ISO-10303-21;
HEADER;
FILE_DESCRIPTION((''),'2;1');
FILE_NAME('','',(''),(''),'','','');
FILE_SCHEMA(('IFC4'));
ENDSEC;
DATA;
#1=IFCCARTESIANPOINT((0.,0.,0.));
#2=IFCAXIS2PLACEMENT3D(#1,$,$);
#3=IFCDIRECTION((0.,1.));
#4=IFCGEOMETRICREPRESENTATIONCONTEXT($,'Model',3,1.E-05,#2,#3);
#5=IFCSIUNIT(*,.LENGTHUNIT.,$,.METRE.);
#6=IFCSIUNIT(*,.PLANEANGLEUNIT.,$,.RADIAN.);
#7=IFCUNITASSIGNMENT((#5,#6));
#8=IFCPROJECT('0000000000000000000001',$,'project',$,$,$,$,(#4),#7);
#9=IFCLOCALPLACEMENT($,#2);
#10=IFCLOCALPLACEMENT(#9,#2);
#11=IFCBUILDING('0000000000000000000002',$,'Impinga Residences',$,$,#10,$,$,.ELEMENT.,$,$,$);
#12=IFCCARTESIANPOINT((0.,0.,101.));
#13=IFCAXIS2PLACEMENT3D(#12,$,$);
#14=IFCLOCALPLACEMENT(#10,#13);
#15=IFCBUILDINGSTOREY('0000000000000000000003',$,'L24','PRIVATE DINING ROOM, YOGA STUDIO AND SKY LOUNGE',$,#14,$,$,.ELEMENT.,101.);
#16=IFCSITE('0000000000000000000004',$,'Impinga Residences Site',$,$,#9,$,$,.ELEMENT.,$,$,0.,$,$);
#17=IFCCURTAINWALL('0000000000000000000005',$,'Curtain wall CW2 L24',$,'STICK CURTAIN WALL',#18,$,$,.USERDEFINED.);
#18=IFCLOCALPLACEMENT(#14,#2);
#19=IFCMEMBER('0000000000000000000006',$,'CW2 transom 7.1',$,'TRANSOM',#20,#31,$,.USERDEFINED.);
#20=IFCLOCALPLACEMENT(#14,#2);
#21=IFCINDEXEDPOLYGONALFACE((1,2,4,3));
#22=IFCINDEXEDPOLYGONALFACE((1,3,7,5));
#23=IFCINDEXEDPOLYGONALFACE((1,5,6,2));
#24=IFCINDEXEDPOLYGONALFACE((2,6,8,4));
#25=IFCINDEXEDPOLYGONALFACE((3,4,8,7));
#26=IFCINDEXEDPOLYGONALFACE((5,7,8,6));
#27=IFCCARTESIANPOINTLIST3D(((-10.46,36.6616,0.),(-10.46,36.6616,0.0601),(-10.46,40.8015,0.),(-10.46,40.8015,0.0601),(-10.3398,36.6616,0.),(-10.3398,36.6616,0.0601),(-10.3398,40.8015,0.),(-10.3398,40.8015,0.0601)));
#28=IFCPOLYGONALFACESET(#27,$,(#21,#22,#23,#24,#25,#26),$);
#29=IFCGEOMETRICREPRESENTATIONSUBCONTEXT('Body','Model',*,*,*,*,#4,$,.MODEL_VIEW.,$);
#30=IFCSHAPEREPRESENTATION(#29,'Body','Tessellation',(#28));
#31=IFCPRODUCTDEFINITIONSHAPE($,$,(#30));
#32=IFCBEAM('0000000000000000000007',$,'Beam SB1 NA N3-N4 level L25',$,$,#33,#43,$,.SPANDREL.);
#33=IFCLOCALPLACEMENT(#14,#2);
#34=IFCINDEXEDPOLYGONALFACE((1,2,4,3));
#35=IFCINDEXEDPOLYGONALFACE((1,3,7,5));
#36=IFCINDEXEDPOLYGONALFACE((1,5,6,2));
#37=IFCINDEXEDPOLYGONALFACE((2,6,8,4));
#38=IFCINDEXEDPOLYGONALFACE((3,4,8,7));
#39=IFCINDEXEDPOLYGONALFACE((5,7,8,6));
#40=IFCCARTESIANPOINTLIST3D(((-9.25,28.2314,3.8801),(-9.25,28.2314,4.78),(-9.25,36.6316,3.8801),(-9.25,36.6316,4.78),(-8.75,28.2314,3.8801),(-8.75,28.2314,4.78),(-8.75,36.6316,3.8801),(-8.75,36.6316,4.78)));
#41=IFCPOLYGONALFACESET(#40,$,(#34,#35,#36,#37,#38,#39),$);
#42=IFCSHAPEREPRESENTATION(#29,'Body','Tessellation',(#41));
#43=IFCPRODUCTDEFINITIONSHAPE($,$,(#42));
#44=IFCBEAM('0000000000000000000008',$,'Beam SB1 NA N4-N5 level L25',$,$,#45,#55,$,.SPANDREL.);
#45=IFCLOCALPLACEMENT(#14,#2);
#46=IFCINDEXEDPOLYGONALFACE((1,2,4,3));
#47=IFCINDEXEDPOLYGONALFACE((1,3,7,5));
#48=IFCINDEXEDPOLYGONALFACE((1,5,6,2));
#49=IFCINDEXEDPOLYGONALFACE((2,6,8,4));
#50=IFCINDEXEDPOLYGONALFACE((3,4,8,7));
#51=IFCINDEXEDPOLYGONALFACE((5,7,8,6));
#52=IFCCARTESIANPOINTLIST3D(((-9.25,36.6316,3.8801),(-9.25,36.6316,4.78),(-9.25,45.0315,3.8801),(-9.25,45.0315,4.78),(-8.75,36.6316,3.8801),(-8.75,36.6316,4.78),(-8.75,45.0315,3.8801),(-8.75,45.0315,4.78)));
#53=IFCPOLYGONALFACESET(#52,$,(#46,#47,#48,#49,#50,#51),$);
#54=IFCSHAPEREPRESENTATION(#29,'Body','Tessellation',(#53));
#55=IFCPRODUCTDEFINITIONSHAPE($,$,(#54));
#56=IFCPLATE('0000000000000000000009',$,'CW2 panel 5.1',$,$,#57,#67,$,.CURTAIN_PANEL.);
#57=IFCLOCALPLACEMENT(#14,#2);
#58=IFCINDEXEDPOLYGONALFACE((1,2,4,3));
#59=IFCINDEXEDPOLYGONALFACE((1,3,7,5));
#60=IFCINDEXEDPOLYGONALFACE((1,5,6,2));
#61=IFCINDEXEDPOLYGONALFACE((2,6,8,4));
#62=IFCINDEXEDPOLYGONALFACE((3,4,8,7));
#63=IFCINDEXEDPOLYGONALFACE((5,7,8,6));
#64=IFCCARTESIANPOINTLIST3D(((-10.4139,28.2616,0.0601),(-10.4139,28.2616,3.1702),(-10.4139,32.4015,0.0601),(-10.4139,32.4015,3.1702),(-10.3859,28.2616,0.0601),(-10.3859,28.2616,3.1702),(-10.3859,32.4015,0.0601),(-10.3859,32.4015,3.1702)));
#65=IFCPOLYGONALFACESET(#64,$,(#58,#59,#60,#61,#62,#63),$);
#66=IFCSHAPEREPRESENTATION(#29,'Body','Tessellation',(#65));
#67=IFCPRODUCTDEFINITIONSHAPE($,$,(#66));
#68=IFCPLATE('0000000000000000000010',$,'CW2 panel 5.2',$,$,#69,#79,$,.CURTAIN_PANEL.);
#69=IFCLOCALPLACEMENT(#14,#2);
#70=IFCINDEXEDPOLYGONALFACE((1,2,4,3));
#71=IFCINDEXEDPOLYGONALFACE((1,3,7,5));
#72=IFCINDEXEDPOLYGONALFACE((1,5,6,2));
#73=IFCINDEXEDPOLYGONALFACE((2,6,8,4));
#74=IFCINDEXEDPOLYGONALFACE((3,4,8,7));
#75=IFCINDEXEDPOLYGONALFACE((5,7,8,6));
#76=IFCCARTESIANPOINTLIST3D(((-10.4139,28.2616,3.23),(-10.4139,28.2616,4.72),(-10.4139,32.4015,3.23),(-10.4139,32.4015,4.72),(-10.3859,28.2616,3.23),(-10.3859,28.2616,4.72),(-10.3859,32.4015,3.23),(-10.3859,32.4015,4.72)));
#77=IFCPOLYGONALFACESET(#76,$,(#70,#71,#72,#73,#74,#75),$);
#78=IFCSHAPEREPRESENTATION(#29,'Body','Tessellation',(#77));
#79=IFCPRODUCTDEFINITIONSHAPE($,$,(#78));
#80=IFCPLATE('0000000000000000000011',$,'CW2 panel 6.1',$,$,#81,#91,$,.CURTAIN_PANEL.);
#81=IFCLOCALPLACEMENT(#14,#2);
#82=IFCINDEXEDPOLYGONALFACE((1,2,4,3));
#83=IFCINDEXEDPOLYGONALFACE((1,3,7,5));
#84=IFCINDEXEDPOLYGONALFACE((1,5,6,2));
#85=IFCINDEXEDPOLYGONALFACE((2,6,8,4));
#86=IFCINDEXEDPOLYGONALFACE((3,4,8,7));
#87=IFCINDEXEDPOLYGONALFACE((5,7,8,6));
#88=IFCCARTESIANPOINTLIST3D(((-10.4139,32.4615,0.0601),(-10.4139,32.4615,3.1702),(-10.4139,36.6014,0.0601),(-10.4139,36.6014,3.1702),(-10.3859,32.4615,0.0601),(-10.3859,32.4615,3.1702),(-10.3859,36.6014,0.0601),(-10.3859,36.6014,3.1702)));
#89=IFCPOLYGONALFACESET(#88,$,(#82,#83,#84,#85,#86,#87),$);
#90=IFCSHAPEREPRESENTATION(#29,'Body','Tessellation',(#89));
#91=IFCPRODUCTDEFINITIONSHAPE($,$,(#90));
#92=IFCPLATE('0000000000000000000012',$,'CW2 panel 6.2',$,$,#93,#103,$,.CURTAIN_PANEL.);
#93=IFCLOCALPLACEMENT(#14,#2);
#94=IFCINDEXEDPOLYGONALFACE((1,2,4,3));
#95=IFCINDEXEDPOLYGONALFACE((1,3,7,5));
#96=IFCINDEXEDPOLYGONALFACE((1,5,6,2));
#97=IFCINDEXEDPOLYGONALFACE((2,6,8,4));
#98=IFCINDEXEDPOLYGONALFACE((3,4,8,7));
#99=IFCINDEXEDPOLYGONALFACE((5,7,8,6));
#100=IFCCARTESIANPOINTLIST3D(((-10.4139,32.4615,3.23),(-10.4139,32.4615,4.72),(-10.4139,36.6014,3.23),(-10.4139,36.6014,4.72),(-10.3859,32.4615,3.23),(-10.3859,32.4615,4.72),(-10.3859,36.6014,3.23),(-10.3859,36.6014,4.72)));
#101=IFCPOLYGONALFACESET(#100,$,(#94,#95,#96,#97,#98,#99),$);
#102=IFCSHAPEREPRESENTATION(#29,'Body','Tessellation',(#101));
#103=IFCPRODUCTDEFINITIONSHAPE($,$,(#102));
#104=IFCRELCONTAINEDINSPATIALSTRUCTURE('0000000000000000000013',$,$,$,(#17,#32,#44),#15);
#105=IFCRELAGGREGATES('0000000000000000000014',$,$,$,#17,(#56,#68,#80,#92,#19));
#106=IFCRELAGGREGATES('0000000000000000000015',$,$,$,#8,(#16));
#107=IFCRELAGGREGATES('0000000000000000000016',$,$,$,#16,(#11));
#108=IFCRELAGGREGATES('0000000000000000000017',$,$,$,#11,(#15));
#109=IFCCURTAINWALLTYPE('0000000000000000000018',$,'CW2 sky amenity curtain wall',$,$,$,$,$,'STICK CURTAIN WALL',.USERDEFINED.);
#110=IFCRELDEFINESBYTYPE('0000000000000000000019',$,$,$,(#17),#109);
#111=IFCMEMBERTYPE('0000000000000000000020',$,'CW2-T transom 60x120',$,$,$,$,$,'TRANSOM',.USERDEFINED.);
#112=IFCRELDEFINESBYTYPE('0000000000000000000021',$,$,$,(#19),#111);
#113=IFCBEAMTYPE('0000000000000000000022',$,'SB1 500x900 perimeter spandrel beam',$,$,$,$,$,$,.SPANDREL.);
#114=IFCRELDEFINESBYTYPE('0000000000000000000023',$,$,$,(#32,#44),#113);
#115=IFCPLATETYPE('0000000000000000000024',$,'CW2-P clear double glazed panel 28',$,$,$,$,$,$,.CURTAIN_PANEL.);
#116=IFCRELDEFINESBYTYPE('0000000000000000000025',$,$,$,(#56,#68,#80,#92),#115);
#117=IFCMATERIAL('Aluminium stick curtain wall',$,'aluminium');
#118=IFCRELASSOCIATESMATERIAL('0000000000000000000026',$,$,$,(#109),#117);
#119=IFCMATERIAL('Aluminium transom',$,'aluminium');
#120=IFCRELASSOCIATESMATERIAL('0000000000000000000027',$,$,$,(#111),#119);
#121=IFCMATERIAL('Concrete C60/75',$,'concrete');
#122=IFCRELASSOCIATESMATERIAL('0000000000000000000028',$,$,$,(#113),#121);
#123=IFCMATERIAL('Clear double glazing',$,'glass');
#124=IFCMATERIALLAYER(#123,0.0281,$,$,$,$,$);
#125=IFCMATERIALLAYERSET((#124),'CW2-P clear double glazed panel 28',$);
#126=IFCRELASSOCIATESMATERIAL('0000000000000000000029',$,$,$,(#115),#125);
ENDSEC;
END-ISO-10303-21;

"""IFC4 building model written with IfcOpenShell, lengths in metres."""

from ifc_helpers import new_model, si_unit, direction, frame, origin, origin_2d, place, context, subcontext, project, spatial, rectangle, extrude, material, layer, layer_set, material_profile, profile_set, type_object, element, aggregate, save


model = new_model("IFC4")

# Units and contexts
model_context = context("Model", 3, precision=1e-05, world=origin(), true_north=direction((0.0, 1.0)))
body_context = subcontext(model_context, "Body", "Model", "MODEL_VIEW")
ifc_project = project(units=[si_unit("LENGTHUNIT", "METRE"), si_unit("PLANEANGLEUNIT", "RADIAN")], contexts=[model_context])

# Site, building, storey
site_placement = place(None, origin())
site = spatial("IfcSite", under=ifc_project, at=site_placement, Name="Impinga Residences Site", CompositionType="ELEMENT", RefElevation=0.0)
building_placement = place(site_placement, origin())
building = spatial("IfcBuilding", under=site, at=building_placement, Name="Impinga Residences", CompositionType="ELEMENT")
storey_placement = place(building_placement, frame((0.0, 0.0, 101.0)))
storey = spatial("IfcBuildingStorey", under=building, at=storey_placement, Name="L24", Description="PRIVATE DINING ROOM, YOGA STUDIO AND SKY LOUNGE", CompositionType="ELEMENT", Elevation=101.0)

# Shared definitions
ifc_material_1 = material(Name="Concrete C60/75", Category="concrete")

# Curtain wall, member
ifc_material_2 = material(Name="Aluminium stick curtain wall", Category="aluminium")
curtain_wall_type = type_object("IfcCurtainWallType", Name="CW2 sky amenity curtain wall", ElementType="STICK CURTAIN WALL", PredefinedType="USERDEFINED", material=ifc_material_2)
curtain_wall_placement = place(storey_placement, origin())
curtain_wall = element("IfcCurtainWall", 1, at=curtain_wall_placement, inside=storey, type_object=curtain_wall_type, Name="Curtain wall CW2 L24", ObjectType="STICK CURTAIN WALL", PredefinedType="USERDEFINED")
ifc_material_3 = material(Name="Aluminium transom", Category="aluminium")
ifc_material_profile_1 = material_profile(ifc_material_3, rectangle(XDim=0.0601, YDim=0.1201, at=origin_2d()), Name="60x120 transom")
ifc_profile_set_1 = profile_set([ifc_material_profile_1], Name="Aluminium transom")
member_type_1 = type_object("IfcMemberType", Name="CW2-T transom 60x120", ElementType="TRANSOM", PredefinedType="USERDEFINED", material=ifc_profile_set_1)
member_1_placement = place(storey_placement, frame((-10.3999, 36.6616, 0.03), z_axis=(0.0, 1.0, 0.0), x_axis=(0.0, 0.0, 1.0)))
member_1 = element("IfcMember", 2, at=member_1_placement, type_object=member_type_1, Name="CW2 transom 7.1", ObjectType="TRANSOM", PredefinedType="USERDEFINED", context=body_context, shape_type="SweptSolid", body=[
    extrude(rectangle(XDim=0.0601, YDim=0.1201, at=origin_2d()), origin(), (0.0, 0.0, 1.0), 4.1399),
])

# Beams
ifc_material_profile_2 = material_profile(ifc_material_1, rectangle(XDim=0.5, YDim=0.8999, at=origin_2d()), Name="RC 500x900")
ifc_profile_set_2 = profile_set([ifc_material_profile_2], Name="Concrete C60/75")
beam_type_1 = type_object("IfcBeamType", Name="SB1 500x900 perimeter spandrel beam", PredefinedType="SPANDREL", material=ifc_profile_set_2)
beam_1_placement = place(storey_placement, frame((-9.0, 28.2314, 4.3301), z_axis=(0.0, 1.0, 0.0), x_axis=(-1.0, 0.0, 0.0)))
element("IfcBeam", 3, at=beam_1_placement, inside=storey, type_object=beam_type_1, Name="Beam SB1 NA N3-N4 level L25", PredefinedType="SPANDREL", context=body_context, shape_type="SweptSolid", body=[
    extrude(rectangle(XDim=0.5, YDim=0.8999, at=origin_2d()), origin(), (0.0, 0.0, 1.0), 8.4001),
])
beam_2_placement = place(storey_placement, frame((-9.0, 36.6316, 4.3301), z_axis=(0.0, 1.0, 0.0), x_axis=(-1.0, 0.0, 0.0)))
element("IfcBeam", 4, at=beam_2_placement, inside=storey, type_object=beam_type_1, Name="Beam SB1 NA N4-N5 level L25", PredefinedType="SPANDREL", context=body_context, shape_type="SweptSolid", body=[
    extrude(rectangle(XDim=0.5, YDim=0.8999, at=origin_2d()), origin(), (0.0, 0.0, 1.0), 8.3999),
])

# Plates
ifc_material_4 = material(Name="Clear double glazing", Category="glass")
ifc_layer = layer(ifc_material_4, 0.0281)
ifc_layer_set = layer_set([ifc_layer], Name="CW2-P clear double glazed panel 28")
plate_type = type_object("IfcPlateType", Name="CW2-P clear double glazed panel 28", PredefinedType="CURTAIN_PANEL", material=ifc_layer_set)
plate_1_placement = place(storey_placement, frame((-10.3999, 30.3315, 0.0601), z_axis=(0.0, 0.0, 1.0), x_axis=(0.0, 1.0, 0.0)))
plate_1 = element("IfcPlate", 5, at=plate_1_placement, type_object=plate_type, Name="CW2 panel 5.1", PredefinedType="CURTAIN_PANEL", context=body_context, shape_type="SweptSolid", body=[
    extrude(rectangle(XDim=4.1399, YDim=0.0281, at=origin_2d()), origin(), (0.0, 0.0, 1.0), 3.1101),
])
plate_2_placement = place(storey_placement, frame((-10.3999, 30.3315, 3.23), z_axis=(0.0, 0.0, 1.0), x_axis=(0.0, 1.0, 0.0)))
plate_2 = element("IfcPlate", 6, at=plate_2_placement, type_object=plate_type, Name="CW2 panel 5.2", PredefinedType="CURTAIN_PANEL", context=body_context, shape_type="SweptSolid", body=[
    extrude(rectangle(XDim=4.1399, YDim=0.0281, at=origin_2d()), origin(), (0.0, 0.0, 1.0), 1.49),
])
plate_3_placement = place(storey_placement, frame((-10.3999, 34.5315, 0.0601), z_axis=(0.0, 0.0, 1.0), x_axis=(0.0, 1.0, 0.0)))
plate_3 = element("IfcPlate", 7, at=plate_3_placement, type_object=plate_type, Name="CW2 panel 6.1", PredefinedType="CURTAIN_PANEL", context=body_context, shape_type="SweptSolid", body=[
    extrude(rectangle(XDim=4.1399, YDim=0.0281, at=origin_2d()), origin(), (0.0, 0.0, 1.0), 3.1101),
])
plate_4_placement = place(storey_placement, frame((-10.3999, 34.5315, 3.23), z_axis=(0.0, 0.0, 1.0), x_axis=(0.0, 1.0, 0.0)))
plate_4 = element("IfcPlate", 8, at=plate_4_placement, type_object=plate_type, Name="CW2 panel 6.2", PredefinedType="CURTAIN_PANEL", context=body_context, shape_type="SweptSolid", body=[
    extrude(rectangle(XDim=4.1399, YDim=0.0281, at=origin_2d()), origin(), (0.0, 0.0, 1.0), 1.49),
])
aggregate(curtain_wall, [plate_1, plate_2, plate_3, plate_4, member_1])

save(model, "model.ifc")
